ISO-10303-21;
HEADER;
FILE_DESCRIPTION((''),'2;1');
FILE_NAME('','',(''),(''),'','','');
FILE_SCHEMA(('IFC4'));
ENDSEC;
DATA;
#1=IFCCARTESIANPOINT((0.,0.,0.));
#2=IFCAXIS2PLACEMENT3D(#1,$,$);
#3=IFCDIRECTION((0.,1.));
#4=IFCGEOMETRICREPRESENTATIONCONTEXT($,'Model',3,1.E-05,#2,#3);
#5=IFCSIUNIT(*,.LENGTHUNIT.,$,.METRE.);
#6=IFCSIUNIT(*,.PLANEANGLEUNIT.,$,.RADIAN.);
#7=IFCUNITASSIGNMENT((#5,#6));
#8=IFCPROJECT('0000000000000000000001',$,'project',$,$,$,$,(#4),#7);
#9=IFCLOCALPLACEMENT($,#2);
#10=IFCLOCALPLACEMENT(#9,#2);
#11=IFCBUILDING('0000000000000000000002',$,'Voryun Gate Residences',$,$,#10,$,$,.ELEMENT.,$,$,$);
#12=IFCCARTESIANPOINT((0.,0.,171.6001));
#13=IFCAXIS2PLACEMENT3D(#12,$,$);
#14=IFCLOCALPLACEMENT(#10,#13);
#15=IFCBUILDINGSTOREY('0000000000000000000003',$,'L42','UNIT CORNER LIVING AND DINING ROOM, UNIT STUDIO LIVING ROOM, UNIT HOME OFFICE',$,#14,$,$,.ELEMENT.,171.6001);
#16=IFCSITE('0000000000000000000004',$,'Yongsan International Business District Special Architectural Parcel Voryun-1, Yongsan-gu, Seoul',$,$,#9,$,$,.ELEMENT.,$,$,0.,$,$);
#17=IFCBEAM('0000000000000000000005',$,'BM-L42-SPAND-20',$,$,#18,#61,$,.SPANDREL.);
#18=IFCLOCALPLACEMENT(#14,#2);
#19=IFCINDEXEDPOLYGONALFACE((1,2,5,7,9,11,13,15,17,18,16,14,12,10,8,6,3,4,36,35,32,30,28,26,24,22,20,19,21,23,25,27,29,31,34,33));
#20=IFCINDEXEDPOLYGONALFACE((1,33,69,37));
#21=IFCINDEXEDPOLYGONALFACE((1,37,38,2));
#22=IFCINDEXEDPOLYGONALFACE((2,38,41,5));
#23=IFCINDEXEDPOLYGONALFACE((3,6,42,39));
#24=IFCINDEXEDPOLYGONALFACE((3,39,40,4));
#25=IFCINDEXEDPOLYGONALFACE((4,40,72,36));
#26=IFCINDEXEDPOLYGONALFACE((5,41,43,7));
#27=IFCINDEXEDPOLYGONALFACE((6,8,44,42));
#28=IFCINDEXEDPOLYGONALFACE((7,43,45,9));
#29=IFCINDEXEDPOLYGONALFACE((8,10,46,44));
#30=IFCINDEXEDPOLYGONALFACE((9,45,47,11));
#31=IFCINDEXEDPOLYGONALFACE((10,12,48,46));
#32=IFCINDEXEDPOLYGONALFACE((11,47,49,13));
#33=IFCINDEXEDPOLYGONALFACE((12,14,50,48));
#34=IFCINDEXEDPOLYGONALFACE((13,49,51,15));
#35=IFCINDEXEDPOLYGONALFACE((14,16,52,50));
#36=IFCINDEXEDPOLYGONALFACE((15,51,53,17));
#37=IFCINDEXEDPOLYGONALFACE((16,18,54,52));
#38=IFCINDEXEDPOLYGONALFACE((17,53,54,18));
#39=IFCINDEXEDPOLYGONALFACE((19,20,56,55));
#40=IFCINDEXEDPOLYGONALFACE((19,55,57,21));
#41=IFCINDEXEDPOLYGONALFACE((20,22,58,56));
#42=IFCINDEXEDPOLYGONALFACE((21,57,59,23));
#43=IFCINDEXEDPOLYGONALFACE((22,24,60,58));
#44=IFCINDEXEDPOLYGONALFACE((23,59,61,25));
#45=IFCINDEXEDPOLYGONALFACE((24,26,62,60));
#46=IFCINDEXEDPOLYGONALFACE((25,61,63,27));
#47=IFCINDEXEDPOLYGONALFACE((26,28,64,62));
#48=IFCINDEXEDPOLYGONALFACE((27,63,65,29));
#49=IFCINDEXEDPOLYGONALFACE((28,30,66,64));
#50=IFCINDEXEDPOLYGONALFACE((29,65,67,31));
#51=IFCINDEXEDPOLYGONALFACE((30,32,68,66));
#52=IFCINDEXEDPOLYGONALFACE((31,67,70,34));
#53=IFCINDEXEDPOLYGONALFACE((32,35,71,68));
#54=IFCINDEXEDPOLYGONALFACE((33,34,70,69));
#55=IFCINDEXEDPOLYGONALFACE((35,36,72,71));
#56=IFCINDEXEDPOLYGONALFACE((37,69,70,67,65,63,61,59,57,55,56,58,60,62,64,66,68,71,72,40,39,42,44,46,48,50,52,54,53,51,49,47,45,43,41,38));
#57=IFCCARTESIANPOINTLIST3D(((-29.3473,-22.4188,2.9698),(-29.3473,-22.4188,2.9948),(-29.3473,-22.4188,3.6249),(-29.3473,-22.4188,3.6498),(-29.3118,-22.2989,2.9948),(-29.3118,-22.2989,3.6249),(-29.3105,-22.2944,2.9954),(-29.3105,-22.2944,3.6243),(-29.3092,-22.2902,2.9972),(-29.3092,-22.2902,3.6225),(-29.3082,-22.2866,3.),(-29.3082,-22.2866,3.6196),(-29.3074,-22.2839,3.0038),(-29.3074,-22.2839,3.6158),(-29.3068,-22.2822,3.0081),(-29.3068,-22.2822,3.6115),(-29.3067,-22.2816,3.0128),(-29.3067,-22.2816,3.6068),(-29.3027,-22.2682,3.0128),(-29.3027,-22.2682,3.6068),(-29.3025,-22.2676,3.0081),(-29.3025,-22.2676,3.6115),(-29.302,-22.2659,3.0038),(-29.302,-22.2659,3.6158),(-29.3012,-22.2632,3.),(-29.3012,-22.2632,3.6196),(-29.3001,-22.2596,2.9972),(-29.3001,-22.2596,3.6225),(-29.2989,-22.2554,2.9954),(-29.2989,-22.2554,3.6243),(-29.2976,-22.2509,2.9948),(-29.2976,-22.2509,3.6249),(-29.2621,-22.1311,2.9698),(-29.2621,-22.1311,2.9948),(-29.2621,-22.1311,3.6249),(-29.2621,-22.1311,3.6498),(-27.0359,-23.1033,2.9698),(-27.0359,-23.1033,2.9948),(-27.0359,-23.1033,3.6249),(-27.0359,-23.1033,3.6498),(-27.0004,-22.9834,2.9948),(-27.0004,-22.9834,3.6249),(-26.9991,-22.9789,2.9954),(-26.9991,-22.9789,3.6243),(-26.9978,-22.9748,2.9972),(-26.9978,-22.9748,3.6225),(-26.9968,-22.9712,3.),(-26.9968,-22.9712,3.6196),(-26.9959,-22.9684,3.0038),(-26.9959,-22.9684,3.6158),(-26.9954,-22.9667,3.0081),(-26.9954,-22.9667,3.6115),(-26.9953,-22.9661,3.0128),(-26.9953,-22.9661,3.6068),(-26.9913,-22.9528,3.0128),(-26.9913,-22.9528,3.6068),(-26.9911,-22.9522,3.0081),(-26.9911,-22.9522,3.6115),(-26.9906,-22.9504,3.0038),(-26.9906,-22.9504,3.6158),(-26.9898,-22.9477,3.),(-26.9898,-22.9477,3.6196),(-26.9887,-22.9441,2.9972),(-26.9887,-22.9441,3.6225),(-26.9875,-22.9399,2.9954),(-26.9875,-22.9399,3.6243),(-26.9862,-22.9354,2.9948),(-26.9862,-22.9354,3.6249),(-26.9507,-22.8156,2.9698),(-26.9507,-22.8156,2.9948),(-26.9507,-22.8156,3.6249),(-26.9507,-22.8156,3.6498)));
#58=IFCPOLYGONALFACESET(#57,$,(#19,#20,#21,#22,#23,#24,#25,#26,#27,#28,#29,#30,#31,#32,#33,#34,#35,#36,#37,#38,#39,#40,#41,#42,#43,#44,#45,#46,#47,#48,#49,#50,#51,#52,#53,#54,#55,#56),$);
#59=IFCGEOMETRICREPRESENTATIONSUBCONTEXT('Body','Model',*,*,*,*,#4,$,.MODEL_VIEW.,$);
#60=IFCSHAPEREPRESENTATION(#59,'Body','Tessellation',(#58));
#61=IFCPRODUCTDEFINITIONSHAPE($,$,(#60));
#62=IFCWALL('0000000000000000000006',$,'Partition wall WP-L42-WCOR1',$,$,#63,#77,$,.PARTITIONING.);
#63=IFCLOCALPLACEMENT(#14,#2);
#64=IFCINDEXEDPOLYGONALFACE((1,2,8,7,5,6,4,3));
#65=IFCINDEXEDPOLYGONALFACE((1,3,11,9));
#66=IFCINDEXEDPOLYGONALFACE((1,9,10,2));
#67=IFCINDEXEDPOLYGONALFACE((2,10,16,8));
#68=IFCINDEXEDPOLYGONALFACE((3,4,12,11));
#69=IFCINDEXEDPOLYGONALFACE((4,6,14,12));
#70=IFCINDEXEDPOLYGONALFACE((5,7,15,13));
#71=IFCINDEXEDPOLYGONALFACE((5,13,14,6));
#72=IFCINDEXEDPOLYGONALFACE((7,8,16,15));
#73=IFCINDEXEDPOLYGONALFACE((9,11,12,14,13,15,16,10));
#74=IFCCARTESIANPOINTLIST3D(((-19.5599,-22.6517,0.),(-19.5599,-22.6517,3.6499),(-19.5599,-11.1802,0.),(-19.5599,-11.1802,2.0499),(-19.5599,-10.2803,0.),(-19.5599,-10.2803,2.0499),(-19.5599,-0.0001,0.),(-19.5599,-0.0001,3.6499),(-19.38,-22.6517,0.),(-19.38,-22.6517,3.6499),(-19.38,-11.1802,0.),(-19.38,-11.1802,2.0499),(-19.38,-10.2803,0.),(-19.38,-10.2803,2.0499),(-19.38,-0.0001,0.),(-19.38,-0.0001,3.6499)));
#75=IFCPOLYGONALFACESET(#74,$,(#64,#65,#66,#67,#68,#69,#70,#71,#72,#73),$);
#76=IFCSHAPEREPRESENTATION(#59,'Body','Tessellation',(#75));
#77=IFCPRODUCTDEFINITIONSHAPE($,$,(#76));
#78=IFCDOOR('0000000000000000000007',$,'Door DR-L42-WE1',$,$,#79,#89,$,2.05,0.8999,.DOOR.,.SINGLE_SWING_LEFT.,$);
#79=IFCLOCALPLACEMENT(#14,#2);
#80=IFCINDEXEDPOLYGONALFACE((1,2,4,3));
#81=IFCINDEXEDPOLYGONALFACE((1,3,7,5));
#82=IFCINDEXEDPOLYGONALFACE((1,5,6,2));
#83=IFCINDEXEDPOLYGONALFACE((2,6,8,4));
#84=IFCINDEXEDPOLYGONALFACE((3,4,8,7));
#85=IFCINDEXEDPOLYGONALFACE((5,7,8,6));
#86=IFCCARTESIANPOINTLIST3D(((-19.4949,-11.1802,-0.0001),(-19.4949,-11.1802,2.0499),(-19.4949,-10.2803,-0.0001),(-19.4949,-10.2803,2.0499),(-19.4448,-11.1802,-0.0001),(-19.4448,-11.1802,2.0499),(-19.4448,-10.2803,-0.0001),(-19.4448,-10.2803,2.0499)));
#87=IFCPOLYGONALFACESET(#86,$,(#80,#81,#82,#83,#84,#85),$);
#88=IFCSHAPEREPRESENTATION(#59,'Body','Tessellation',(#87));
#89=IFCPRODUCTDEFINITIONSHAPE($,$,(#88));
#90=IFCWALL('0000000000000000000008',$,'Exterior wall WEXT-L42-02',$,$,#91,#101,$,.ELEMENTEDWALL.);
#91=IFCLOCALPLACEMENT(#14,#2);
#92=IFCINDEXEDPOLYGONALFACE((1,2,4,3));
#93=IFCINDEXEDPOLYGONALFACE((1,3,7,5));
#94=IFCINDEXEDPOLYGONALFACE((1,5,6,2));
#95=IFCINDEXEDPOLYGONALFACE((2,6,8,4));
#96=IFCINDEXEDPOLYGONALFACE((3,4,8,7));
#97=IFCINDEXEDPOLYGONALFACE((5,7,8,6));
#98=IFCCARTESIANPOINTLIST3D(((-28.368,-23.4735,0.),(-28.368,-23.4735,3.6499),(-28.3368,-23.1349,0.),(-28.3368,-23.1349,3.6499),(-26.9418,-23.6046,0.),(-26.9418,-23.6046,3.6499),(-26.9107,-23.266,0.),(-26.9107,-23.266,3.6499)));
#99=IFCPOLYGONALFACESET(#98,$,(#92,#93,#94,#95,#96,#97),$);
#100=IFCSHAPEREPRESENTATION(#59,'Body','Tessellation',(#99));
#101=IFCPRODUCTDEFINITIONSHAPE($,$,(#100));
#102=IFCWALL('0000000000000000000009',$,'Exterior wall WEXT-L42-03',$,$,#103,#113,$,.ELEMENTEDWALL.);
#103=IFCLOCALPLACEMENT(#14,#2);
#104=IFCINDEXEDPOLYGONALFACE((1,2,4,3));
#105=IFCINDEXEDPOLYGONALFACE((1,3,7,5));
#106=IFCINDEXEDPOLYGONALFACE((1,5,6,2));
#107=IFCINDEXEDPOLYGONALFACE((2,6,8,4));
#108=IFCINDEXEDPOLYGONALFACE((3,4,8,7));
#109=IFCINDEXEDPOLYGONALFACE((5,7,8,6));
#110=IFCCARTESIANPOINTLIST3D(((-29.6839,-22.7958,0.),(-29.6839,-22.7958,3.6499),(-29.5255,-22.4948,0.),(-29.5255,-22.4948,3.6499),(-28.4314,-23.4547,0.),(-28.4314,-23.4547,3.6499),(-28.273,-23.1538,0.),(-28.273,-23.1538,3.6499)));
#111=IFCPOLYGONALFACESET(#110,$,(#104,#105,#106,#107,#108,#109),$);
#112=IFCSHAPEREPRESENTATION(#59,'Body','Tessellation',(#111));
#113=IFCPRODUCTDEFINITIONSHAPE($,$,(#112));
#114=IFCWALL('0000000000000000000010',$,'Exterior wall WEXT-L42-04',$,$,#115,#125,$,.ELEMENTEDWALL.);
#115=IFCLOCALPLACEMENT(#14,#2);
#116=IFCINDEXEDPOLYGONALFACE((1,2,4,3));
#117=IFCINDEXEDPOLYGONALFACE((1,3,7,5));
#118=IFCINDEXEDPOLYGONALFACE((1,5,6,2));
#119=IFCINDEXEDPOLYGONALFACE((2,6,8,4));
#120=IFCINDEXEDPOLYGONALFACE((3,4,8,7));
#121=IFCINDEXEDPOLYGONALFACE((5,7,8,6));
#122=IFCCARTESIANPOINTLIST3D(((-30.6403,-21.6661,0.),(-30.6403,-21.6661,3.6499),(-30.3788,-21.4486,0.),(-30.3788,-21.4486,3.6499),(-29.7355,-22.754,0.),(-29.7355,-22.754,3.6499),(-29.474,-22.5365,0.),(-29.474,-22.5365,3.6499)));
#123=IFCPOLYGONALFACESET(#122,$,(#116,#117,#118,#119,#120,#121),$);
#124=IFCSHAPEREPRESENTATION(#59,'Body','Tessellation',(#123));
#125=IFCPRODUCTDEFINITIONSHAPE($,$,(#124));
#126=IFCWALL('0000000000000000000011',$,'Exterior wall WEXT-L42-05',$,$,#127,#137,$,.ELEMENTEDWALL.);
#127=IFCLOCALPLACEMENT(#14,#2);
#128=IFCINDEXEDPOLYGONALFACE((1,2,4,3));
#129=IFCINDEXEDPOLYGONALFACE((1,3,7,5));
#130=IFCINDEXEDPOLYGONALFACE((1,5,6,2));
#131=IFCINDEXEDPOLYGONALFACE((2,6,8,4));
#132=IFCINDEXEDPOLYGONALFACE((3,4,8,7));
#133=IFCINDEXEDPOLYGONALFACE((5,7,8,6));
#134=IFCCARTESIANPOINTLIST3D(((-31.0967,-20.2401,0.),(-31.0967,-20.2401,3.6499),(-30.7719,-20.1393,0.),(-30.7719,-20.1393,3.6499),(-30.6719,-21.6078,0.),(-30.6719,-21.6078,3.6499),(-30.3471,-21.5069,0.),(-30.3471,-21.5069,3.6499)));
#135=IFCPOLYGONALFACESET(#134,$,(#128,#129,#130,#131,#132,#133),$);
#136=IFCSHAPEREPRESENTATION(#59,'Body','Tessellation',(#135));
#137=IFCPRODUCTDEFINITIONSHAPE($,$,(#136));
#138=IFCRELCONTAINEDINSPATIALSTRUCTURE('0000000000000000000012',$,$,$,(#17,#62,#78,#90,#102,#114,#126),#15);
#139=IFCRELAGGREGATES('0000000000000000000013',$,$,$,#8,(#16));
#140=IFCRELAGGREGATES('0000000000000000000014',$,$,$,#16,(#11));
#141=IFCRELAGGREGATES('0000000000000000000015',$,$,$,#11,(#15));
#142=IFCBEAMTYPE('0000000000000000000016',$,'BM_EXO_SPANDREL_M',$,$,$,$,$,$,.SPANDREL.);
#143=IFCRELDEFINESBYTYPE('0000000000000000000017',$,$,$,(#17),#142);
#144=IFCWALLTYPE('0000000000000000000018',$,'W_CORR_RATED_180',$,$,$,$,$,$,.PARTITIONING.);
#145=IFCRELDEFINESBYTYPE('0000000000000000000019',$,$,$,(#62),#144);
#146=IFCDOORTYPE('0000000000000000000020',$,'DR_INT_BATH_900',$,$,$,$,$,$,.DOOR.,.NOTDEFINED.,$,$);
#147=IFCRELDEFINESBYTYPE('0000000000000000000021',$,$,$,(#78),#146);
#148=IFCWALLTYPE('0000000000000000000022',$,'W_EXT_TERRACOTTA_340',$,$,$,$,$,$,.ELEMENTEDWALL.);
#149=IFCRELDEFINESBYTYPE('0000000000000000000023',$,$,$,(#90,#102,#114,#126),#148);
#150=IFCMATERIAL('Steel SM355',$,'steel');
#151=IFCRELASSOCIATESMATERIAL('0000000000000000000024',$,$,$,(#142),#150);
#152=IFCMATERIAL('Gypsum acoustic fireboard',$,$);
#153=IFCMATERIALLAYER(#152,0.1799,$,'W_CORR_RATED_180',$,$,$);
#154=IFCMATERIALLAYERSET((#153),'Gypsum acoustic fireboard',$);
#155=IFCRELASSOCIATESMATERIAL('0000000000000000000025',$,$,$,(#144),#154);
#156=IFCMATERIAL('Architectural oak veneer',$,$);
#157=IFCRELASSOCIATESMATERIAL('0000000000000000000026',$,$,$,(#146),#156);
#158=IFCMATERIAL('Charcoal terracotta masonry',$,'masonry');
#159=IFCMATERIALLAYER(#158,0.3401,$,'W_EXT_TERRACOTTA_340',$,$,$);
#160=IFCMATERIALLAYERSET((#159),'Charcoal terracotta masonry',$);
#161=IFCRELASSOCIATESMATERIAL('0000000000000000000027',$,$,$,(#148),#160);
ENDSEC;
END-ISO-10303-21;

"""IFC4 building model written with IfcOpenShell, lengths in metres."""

from ifc_helpers import new_model, si_unit, direction, frame, frame_2d, origin, origin_2d, place, context, subcontext, project, spatial, rectangle, i_section, extrude, material, layer, layer_set, material_profile, profile_set, type_object, element, fill, save


model = new_model("IFC4")

# Units and contexts
model_context = context("Model", 3, precision=1e-05, world=origin(), true_north=direction((0.0, 1.0)))
body_context = subcontext(model_context, "Body", "Model", "MODEL_VIEW")
ifc_project = project(units=[si_unit("LENGTHUNIT", "METRE"), si_unit("PLANEANGLEUNIT", "RADIAN")], contexts=[model_context])

# Site, building, storey
site_placement = place(None, origin())
site = spatial("IfcSite", under=ifc_project, at=site_placement, Name="Yongsan International Business District Special Architectural Parcel Voryun-1, Yongsan-gu, Seoul", CompositionType="ELEMENT", RefElevation=0.0)
building_placement = place(site_placement, origin())
building = spatial("IfcBuilding", under=site, at=building_placement, Name="Voryun Gate Residences", CompositionType="ELEMENT")
storey_placement = place(building_placement, frame((0.0, 0.0, 171.6001)))
storey = spatial("IfcBuildingStorey", under=building, at=storey_placement, Name="L42", Description="UNIT CORNER LIVING AND DINING ROOM, UNIT STUDIO LIVING ROOM, UNIT HOME OFFICE", CompositionType="ELEMENT", Elevation=171.6001)

# Beam
ifc_material_1 = material(Name="Steel SM355", Category="steel")
ifc_material_profile_1 = material_profile(ifc_material_1, i_section(OverallWidth=0.3, OverallDepth=0.6799, WebThickness=0.0139, FlangeThickness=0.0249, FilletRadius=0.0181, at=origin_2d()), Name="H-680x300x14x25")
ifc_profile_set_1 = profile_set([ifc_material_profile_1], Name="Steel SM355")
beam_type = type_object("IfcBeamType", Name="BM_EXO_SPANDREL_M", PredefinedType="SPANDREL", material=ifc_profile_set_1)
beam_1_placement = place(storey_placement, frame((-29.3047, -22.2749, 3.3098), z_axis=(0.958835, -0.283964, 0.0), x_axis=(0.283964, 0.958835, 0.0)))
element("IfcBeam", 1, at=beam_1_placement, inside=storey, type_object=beam_type, Name="BM-L42-SPAND-20", PredefinedType="SPANDREL", context=body_context, shape_type="SweptSolid", body=[
    extrude(i_section(OverallWidth=0.3, OverallDepth=0.6799, WebThickness=0.0139, FlangeThickness=0.0249, FilletRadius=0.0181, at=origin_2d()), origin(), (0.0, 0.0, 1.0), 2.4106),
])

# Wall, opening, door
ifc_material_2 = material(Name="Gypsum acoustic fireboard")
ifc_layer_1 = layer(ifc_material_2, 0.1799, Name="W_CORR_RATED_180")
ifc_layer_set_1 = layer_set([ifc_layer_1], Name="Gypsum acoustic fireboard")
wall_type_1 = type_object("IfcWallType", Name="W_CORR_RATED_180", PredefinedType="PARTITIONING", material=ifc_layer_set_1)
wall_1_placement = place(storey_placement, frame((-19.47, -22.6516, 0.0), z_axis=(0.0, 0.0, 1.0), x_axis=(0.0, 1.0, 0.0)))
wall_1 = element("IfcWall", 2, at=wall_1_placement, inside=storey, type_object=wall_type_1, Name="Partition wall WP-L42-WCOR1", PredefinedType="PARTITIONING", context=body_context, shape_type="SweptSolid", body=[
    extrude(rectangle(XDim=22.6516, YDim=0.1799, at=frame_2d((11.3257, 0.0))), origin(), (0.0, 0.0, 1.0), 3.6499),
])
opening_1_placement = place(wall_1_placement, frame((11.4714, 0.0, 0.0)))
opening_1 = element("IfcOpeningElement", 3, at=opening_1_placement, cuts=wall_1, PredefinedType="OPENING", context=body_context, shape_type="SweptSolid", body=[
    extrude(rectangle(XDim=0.8999, YDim=2.05, at=frame_2d((0.45, 1.0249))), frame((0.0, 0.0999, 0.0), z_axis=(0.0, -1.0, 0.0), x_axis=(1.0, 0.0, 0.0)), (0.0, 0.0, 1.0), 0.2),
])
ifc_material_3 = material(Name="Architectural oak veneer")
door_type_1 = type_object("IfcDoorType", Name="DR_INT_BATH_900", OperationType="NOTDEFINED", PredefinedType="DOOR", material=ifc_material_3)
door_1_placement = place(opening_1_placement, origin())
door_1 = element("IfcDoor", 4, at=door_1_placement, inside=storey, type_object=door_type_1, Name="Door DR-L42-WE1", OperationType="SINGLE_SWING_LEFT", OverallHeight=2.05, OverallWidth=0.8999, PredefinedType="DOOR", context=body_context, shape_type="SweptSolid", body=[
    extrude(rectangle(XDim=0.8999, YDim=2.05, at=frame_2d((0.45, 1.0249))), frame((0.0, 0.0249, 0.0), z_axis=(0.0, -1.0, 0.0), x_axis=(1.0, 0.0, 0.0)), (0.0, 0.0, 1.0), 0.05),
])
fill(opening_1, door_1)

# Walls
ifc_material_4 = material(Name="Charcoal terracotta masonry", Category="masonry")
ifc_layer_2 = layer(ifc_material_4, 0.3401, Name="W_EXT_TERRACOTTA_340")
ifc_layer_set_2 = layer_set([ifc_layer_2], Name="Charcoal terracotta masonry")
wall_type_2 = type_object("IfcWallType", Name="W_EXT_TERRACOTTA_340", PredefinedType="ELEMENTEDWALL", material=ifc_layer_set_2)
wall_2_placement = place(storey_placement, frame((-26.9263, -23.4353, 0.0), z_axis=(0.0, 0.0, 1.0), x_axis=(-0.9958, 0.09155, 0.0)))
element("IfcWall", 5, at=wall_2_placement, inside=storey, type_object=wall_type_2, Name="Exterior wall WEXT-L42-02", PredefinedType="ELEMENTEDWALL", context=body_context, shape_type="SweptSolid", body=[
    extrude(rectangle(XDim=1.4321, YDim=0.3401, at=frame_2d((0.7161, 0.0))), origin(), (0.0, 0.0, 1.0), 3.6499),
])
wall_3_placement = place(storey_placement, frame((-28.3523, -23.3042, 0.0), z_axis=(0.0, 0.0, 1.0), x_axis=(-0.884989, 0.465611, 0.0)))
element("IfcWall", 6, at=wall_3_placement, inside=storey, type_object=wall_type_2, Name="Exterior wall WEXT-L42-03", PredefinedType="ELEMENTEDWALL", context=body_context, shape_type="SweptSolid", body=[
    extrude(rectangle(XDim=1.4153, YDim=0.3401, at=frame_2d((0.7075, 0.0))), origin(), (0.0, 0.0, 1.0), 3.6499),
])
wall_4_placement = place(storey_placement, frame((-29.6047, -22.6453, 0.0), z_axis=(0.0, 0.0, 1.0), x_axis=(-0.639437, 0.768843, 0.0)))
element("IfcWall", 7, at=wall_4_placement, inside=storey, type_object=wall_type_2, Name="Exterior wall WEXT-L42-04", PredefinedType="ELEMENTEDWALL", context=body_context, shape_type="SweptSolid", body=[
    extrude(rectangle(XDim=1.415, YDim=0.3401, at=frame_2d((0.7075, 0.0))), origin(), (0.0, 0.0, 1.0), 3.6499),
])
wall_5_placement = place(storey_placement, frame((-30.5095, -21.5574, 0.0), z_axis=(0.0, 0.0, 1.0), x_axis=(-0.296624, 0.954994, 0.0)))
element("IfcWall", 8, at=wall_5_placement, inside=storey, type_object=wall_type_2, Name="Exterior wall WEXT-L42-05", PredefinedType="ELEMENTEDWALL", context=body_context, shape_type="SweptSolid", body=[
    extrude(rectangle(XDim=1.4321, YDim=0.3401, at=frame_2d((0.7161, 0.0))), origin(), (0.0, 0.0, 1.0), 3.6499),
])

save(model, "model.ifc")
